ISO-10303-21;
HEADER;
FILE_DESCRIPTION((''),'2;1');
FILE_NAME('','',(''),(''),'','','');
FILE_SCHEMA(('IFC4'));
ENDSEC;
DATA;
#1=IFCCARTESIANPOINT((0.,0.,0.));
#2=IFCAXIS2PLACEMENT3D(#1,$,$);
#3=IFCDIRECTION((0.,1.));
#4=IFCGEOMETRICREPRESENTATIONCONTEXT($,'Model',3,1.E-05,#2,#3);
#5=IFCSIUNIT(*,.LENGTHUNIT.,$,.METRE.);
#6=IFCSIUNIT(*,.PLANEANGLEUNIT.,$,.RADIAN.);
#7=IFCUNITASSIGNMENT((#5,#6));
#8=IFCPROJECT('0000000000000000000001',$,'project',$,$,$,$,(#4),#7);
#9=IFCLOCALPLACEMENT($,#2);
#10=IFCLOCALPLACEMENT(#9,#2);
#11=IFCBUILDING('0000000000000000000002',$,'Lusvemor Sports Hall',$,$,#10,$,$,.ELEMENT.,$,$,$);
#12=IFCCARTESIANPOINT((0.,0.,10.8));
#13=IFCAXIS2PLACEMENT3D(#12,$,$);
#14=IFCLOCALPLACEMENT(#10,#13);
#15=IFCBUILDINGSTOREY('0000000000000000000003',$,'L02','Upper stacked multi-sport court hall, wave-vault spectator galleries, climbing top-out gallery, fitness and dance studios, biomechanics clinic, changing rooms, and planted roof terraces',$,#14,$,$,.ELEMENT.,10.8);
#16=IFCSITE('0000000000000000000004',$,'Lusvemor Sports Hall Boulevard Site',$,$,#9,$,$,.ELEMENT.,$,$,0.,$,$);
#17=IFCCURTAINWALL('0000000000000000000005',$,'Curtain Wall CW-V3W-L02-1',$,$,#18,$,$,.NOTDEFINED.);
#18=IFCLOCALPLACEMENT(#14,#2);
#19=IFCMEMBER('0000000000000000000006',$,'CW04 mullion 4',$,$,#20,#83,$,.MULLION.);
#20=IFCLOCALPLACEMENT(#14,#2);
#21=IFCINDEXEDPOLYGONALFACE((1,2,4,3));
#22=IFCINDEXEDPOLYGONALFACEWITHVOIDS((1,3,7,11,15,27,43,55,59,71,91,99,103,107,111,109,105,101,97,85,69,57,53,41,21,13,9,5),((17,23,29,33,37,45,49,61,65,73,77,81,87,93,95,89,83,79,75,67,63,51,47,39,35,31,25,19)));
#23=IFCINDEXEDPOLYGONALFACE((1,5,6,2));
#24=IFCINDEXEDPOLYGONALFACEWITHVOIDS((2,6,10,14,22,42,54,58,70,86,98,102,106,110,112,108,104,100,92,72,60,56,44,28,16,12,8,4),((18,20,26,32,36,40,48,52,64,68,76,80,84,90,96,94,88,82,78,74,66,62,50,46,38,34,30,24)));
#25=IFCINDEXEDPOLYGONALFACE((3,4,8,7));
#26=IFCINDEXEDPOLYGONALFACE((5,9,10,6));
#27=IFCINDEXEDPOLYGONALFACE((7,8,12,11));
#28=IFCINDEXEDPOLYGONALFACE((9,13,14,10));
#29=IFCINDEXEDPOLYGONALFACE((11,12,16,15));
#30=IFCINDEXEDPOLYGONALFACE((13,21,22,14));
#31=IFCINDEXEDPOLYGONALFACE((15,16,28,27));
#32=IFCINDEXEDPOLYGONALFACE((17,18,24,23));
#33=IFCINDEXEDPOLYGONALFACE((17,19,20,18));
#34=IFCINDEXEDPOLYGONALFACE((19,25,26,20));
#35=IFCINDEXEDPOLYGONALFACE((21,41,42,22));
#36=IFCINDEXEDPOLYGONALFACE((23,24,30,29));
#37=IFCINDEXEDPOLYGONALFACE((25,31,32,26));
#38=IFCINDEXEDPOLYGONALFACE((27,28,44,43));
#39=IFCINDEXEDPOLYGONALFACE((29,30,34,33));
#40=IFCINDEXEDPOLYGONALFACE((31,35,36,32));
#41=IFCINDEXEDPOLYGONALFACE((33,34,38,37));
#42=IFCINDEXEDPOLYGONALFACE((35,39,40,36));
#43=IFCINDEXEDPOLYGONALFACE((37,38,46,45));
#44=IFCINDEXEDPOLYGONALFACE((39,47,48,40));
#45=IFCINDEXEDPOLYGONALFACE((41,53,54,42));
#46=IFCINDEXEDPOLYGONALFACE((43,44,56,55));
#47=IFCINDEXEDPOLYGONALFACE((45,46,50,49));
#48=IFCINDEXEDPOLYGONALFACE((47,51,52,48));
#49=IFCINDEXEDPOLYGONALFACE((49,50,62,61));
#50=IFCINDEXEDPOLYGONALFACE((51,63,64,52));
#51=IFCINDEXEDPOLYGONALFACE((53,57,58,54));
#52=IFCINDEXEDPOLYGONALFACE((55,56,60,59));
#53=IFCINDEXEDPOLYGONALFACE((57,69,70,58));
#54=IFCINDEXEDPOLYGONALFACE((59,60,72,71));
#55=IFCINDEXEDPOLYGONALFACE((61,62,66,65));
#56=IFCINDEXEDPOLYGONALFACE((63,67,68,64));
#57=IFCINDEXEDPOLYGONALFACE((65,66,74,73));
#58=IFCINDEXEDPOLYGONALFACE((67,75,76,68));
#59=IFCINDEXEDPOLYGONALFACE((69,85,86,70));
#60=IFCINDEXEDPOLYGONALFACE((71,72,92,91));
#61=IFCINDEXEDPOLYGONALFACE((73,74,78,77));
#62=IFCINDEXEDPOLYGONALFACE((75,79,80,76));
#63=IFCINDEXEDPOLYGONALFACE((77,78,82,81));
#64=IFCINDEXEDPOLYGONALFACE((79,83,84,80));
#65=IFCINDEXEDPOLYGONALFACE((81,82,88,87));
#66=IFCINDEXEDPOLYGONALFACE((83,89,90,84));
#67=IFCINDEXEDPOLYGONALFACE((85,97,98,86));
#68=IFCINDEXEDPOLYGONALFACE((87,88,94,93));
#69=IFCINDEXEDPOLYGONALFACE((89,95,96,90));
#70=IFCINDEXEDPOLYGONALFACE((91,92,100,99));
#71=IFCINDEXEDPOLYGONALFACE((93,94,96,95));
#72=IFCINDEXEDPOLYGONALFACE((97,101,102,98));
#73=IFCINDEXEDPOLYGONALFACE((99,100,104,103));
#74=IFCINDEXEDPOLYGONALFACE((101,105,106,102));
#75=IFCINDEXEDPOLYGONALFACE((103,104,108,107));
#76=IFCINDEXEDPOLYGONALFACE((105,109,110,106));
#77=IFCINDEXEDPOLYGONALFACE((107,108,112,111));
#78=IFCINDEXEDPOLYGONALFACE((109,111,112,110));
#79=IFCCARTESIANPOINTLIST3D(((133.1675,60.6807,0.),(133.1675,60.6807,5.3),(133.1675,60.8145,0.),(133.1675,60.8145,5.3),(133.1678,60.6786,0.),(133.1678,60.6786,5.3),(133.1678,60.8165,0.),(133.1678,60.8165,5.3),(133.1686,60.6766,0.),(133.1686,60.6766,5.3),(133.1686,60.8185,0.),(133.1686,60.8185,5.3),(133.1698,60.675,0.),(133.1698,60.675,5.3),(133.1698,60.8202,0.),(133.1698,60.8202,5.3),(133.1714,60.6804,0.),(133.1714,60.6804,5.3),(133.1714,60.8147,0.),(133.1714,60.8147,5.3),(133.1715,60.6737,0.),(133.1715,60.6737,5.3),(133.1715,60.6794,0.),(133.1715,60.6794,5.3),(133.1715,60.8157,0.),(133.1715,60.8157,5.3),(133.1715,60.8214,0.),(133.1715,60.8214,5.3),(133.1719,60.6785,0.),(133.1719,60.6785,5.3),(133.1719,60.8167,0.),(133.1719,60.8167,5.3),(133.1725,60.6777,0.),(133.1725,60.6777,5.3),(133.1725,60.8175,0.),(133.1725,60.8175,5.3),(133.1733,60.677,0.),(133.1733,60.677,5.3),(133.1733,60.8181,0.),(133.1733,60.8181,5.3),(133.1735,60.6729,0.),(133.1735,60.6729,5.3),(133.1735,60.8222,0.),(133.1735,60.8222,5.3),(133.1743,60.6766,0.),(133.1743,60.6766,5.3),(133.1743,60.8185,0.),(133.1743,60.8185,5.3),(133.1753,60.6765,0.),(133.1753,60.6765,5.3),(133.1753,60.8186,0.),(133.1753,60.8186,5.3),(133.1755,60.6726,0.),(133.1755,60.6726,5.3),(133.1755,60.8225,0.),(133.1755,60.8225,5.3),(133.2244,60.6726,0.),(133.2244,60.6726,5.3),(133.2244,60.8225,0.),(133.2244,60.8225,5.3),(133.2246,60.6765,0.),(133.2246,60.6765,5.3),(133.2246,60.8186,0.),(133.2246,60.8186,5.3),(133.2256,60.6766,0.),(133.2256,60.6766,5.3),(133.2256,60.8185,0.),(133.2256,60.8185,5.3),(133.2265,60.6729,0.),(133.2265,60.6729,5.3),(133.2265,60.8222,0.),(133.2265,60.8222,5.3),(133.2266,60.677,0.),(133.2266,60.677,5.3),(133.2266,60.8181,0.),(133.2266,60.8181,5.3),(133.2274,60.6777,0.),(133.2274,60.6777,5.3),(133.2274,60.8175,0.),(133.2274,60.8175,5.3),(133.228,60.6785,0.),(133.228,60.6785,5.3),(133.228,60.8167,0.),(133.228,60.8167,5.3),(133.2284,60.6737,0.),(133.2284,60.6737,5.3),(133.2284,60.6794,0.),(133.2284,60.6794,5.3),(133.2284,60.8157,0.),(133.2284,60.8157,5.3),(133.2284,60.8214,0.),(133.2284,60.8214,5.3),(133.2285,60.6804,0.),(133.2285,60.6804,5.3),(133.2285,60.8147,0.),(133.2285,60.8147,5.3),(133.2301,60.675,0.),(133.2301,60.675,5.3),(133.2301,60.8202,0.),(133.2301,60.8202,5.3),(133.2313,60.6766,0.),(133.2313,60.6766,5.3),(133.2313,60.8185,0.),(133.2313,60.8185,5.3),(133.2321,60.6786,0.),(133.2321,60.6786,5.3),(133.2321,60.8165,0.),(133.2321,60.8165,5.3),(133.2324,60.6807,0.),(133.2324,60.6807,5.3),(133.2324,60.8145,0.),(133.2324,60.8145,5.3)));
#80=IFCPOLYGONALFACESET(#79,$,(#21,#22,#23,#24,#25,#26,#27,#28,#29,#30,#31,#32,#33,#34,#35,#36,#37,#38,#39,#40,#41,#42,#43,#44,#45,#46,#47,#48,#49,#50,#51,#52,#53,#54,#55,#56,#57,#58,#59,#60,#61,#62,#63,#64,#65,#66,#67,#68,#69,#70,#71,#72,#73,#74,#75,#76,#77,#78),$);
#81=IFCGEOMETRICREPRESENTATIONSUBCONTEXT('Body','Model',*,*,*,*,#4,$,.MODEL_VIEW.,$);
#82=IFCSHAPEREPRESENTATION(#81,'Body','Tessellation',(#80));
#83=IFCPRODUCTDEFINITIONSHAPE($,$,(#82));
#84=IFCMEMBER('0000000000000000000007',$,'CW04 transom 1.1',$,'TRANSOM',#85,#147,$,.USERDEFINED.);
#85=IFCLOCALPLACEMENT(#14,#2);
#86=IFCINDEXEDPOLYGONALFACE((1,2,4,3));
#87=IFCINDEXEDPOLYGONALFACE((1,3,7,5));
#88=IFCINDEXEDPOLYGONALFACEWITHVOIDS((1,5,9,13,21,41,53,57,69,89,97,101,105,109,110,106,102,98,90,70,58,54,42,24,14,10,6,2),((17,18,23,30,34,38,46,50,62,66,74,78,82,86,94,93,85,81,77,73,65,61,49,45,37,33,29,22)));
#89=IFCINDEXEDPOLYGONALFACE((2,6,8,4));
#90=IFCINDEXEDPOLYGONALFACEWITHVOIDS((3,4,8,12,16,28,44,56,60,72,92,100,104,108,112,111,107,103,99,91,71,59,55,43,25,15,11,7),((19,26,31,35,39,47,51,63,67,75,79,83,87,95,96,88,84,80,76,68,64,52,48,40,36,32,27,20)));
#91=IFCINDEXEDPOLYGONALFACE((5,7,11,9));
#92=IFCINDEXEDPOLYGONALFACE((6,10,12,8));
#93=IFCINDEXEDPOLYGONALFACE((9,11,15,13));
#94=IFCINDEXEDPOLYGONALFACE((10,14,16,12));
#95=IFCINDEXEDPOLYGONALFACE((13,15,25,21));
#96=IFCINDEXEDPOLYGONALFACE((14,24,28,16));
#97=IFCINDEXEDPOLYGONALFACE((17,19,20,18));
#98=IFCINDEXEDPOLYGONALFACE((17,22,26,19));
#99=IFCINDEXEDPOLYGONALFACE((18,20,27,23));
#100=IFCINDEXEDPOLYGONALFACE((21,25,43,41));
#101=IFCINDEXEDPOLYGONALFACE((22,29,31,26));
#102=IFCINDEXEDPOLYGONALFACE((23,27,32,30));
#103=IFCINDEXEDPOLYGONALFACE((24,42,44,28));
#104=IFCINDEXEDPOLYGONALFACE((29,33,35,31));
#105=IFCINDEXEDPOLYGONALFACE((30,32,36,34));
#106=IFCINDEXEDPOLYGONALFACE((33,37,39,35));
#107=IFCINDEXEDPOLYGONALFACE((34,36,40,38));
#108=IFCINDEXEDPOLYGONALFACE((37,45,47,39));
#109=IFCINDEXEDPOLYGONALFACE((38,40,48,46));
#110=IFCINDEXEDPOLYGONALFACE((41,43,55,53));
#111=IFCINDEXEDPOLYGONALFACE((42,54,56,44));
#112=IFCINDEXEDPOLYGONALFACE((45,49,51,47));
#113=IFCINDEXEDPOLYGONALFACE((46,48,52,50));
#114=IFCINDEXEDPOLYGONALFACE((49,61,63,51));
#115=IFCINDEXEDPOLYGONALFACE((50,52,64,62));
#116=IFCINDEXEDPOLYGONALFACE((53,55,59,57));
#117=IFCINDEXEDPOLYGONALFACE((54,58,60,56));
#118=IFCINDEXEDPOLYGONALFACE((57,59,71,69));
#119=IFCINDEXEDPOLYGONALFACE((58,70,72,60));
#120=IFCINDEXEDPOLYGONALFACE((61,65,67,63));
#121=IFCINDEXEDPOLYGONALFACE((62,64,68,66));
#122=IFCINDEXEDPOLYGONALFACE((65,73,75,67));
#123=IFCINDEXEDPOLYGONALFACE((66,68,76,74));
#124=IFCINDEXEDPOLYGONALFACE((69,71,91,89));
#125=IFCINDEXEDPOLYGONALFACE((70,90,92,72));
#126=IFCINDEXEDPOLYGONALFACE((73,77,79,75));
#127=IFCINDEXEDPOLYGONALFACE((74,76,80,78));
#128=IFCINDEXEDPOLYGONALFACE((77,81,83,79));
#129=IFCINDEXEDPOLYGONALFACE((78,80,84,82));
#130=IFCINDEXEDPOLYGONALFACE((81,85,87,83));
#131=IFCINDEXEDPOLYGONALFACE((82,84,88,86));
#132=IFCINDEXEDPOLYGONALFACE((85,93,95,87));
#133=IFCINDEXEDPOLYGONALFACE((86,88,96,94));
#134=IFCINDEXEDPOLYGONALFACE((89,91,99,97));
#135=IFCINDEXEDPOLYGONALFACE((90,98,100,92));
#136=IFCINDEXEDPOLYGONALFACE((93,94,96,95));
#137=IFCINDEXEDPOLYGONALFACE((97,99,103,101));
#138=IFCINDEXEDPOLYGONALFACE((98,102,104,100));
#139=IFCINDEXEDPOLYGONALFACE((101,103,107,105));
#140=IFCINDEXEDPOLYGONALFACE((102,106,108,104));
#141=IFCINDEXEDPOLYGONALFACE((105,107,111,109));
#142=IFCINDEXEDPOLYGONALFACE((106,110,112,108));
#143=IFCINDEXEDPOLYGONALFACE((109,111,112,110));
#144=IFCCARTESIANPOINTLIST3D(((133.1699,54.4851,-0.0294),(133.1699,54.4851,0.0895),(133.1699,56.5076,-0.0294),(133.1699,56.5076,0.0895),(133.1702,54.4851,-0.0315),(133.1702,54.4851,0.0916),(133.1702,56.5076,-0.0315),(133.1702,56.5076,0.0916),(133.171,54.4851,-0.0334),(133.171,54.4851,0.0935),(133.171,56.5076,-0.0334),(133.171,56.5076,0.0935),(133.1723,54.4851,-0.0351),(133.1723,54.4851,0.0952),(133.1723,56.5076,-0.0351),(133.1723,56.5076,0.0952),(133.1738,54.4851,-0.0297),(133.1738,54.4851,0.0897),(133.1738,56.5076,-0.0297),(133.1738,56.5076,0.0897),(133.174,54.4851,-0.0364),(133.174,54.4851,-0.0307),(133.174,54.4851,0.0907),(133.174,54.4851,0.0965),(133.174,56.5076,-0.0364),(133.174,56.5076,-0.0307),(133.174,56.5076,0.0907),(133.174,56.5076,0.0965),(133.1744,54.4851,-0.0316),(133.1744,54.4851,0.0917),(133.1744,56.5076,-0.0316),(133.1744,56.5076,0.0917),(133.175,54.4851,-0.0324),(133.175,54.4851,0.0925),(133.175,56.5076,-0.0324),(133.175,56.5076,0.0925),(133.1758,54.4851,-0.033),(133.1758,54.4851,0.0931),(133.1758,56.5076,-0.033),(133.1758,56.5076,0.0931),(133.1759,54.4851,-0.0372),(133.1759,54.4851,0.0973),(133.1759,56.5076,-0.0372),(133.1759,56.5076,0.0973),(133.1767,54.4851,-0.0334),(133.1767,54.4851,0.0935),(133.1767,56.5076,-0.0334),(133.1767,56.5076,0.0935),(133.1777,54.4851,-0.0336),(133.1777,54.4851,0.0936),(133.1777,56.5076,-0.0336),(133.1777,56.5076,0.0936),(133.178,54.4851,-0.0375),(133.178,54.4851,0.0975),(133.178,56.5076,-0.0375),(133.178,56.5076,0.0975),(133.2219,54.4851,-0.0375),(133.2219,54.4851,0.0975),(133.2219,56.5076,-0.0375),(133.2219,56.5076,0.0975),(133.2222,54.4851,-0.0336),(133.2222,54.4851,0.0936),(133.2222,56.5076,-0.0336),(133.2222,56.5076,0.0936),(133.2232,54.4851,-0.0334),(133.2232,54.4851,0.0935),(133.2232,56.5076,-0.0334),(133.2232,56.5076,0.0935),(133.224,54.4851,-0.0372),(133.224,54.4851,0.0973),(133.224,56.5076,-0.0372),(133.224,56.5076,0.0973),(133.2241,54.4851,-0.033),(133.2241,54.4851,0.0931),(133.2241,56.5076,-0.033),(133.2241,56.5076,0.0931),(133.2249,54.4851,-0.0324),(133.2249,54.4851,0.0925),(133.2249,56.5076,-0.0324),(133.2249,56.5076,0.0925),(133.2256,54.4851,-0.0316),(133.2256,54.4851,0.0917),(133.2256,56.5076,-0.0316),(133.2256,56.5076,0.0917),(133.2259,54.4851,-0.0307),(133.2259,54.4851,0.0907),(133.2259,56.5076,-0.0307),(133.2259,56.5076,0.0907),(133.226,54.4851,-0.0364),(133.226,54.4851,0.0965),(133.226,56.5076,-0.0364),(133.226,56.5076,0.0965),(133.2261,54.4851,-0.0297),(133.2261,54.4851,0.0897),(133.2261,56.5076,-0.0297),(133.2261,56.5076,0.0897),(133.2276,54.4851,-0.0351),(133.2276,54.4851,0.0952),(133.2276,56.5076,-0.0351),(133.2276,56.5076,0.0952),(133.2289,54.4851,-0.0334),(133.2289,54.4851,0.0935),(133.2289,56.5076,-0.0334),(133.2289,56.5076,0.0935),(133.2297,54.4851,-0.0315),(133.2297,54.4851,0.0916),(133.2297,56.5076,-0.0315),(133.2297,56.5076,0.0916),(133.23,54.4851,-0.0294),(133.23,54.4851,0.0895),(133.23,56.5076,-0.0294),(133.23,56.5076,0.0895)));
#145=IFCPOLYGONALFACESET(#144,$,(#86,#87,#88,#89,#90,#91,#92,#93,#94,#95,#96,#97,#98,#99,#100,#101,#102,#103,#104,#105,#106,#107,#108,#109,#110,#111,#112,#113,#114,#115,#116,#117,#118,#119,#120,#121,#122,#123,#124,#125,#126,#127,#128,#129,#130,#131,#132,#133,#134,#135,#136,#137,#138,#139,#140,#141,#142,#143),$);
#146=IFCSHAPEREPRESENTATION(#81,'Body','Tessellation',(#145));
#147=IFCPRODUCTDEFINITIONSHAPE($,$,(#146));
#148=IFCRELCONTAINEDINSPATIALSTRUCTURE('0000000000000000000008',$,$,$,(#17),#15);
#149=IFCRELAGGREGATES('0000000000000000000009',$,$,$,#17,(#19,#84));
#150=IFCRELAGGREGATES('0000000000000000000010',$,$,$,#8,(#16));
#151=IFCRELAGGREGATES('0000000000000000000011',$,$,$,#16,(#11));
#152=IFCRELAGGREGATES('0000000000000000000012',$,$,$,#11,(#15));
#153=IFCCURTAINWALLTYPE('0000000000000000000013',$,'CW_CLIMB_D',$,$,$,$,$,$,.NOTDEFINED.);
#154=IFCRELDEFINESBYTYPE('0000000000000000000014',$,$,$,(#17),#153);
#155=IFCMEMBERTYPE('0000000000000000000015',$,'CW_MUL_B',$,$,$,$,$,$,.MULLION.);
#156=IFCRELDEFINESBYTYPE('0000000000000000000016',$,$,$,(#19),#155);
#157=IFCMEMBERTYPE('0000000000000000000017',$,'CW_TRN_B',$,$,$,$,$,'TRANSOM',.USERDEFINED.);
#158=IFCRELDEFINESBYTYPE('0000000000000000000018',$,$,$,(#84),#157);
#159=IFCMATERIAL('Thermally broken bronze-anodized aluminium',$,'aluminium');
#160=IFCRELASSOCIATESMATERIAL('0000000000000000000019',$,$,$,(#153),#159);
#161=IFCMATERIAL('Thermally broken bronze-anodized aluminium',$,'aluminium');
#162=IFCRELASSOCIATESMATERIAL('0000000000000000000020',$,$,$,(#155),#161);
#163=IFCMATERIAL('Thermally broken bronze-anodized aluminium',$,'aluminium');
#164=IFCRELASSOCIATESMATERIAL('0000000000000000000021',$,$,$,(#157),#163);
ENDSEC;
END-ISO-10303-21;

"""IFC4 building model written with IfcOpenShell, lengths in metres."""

from ifc_helpers import new_model, si_unit, direction, frame, origin, origin_2d, place, context, subcontext, project, spatial, hollow_rectangle, extrude, material, material_profile, profile_set, type_object, element, aggregate, save


model = new_model("IFC4")

# Units and contexts
model_context = context("Model", 3, precision=1e-05, world=origin(), true_north=direction((0.0, 1.0)))
body_context = subcontext(model_context, "Body", "Model", "MODEL_VIEW")
ifc_project = project(units=[si_unit("LENGTHUNIT", "METRE"), si_unit("PLANEANGLEUNIT", "RADIAN")], contexts=[model_context])

# Site, building, storey
site_placement = place(None, origin())
site = spatial("IfcSite", under=ifc_project, at=site_placement, Name="Lusvemor Sports Hall Boulevard Site", CompositionType="ELEMENT", RefElevation=0.0)
building_placement = place(site_placement, origin())
building = spatial("IfcBuilding", under=site, at=building_placement, Name="Lusvemor Sports Hall", CompositionType="ELEMENT")
storey_placement = place(building_placement, frame((0.0, 0.0, 10.8)))
storey = spatial("IfcBuildingStorey", under=building, at=storey_placement, Name="L02", Description="Upper stacked multi-sport court hall, wave-vault spectator galleries, climbing top-out gallery, fitness and dance studios, biomechanics clinic, changing rooms, and planted roof terraces", CompositionType="ELEMENT", Elevation=10.8)

# Curtain wall, members
ifc_material_1 = material(Name="Thermally broken bronze-anodized aluminium", Category="aluminium")
curtain_wall_type = type_object("IfcCurtainWallType", Name="CW_CLIMB_D", PredefinedType="NOTDEFINED", material=ifc_material_1)
curtain_wall_placement = place(storey_placement, origin())
curtain_wall = element("IfcCurtainWall", 1, at=curtain_wall_placement, inside=storey, type_object=curtain_wall_type, Name="Curtain Wall CW-V3W-L02-1", PredefinedType="NOTDEFINED")
ifc_material_2 = material(Name="Thermally broken bronze-anodized aluminium", Category="aluminium")
ifc_material_profile_1 = material_profile(ifc_material_2, hollow_rectangle(XDim=0.0649, YDim=0.1499, WallThickness=0.0039, InnerFilletRadius=0.0039, OuterFilletRadius=0.0081, at=origin_2d()), Name="CWMUL150x65x4")
ifc_profile_set_1 = profile_set([ifc_material_profile_1], Name="Thermally broken bronze-anodized aluminium")
member_type_1 = type_object("IfcMemberType", Name="CW_MUL_B", PredefinedType="MULLION", material=ifc_profile_set_1)
member_1_placement = place(storey_placement, frame((133.2, 60.7476, 0.0), z_axis=(0.0, 0.0, 1.0), x_axis=(-1.0, 0.0, 0.0)))
member_1 = element("IfcMember", 2, at=member_1_placement, type_object=member_type_1, Name="CW04 mullion 4", PredefinedType="MULLION", context=body_context, shape_type="SweptSolid", body=[
    extrude(hollow_rectangle(XDim=0.0649, YDim=0.1499, WallThickness=0.0039, InnerFilletRadius=0.0039, OuterFilletRadius=0.0081, at=origin_2d()), origin(), (0.0, 0.0, 1.0), 5.3),
])
ifc_material_3 = material(Name="Thermally broken bronze-anodized aluminium", Category="aluminium")
ifc_material_profile_2 = material_profile(ifc_material_3, hollow_rectangle(XDim=0.0601, YDim=0.135, WallThickness=0.0039, InnerFilletRadius=0.0039, OuterFilletRadius=0.0081, at=origin_2d()), Name="CWTRN135x60x4")
ifc_profile_set_2 = profile_set([ifc_material_profile_2], Name="Thermally broken bronze-anodized aluminium")
member_type_2 = type_object("IfcMemberType", Name="CW_TRN_B", ElementType="TRANSOM", PredefinedType="USERDEFINED", material=ifc_profile_set_2)
member_2_placement = place(storey_placement, frame((133.2, 54.4851, 0.03), z_axis=(0.0, 1.0, 0.0), x_axis=(-1.0, 0.0, 0.0)))
member_2 = element("IfcMember", 3, at=member_2_placement, type_object=member_type_2, Name="CW04 transom 1.1", ObjectType="TRANSOM", PredefinedType="USERDEFINED", context=body_context, shape_type="SweptSolid", body=[
    extrude(hollow_rectangle(XDim=0.0601, YDim=0.135, WallThickness=0.0039, InnerFilletRadius=0.0039, OuterFilletRadius=0.0081, at=origin_2d()), origin(), (0.0, 0.0, 1.0), 2.0225),
])
aggregate(curtain_wall, [member_1, member_2])

save(model, "model.ifc")
